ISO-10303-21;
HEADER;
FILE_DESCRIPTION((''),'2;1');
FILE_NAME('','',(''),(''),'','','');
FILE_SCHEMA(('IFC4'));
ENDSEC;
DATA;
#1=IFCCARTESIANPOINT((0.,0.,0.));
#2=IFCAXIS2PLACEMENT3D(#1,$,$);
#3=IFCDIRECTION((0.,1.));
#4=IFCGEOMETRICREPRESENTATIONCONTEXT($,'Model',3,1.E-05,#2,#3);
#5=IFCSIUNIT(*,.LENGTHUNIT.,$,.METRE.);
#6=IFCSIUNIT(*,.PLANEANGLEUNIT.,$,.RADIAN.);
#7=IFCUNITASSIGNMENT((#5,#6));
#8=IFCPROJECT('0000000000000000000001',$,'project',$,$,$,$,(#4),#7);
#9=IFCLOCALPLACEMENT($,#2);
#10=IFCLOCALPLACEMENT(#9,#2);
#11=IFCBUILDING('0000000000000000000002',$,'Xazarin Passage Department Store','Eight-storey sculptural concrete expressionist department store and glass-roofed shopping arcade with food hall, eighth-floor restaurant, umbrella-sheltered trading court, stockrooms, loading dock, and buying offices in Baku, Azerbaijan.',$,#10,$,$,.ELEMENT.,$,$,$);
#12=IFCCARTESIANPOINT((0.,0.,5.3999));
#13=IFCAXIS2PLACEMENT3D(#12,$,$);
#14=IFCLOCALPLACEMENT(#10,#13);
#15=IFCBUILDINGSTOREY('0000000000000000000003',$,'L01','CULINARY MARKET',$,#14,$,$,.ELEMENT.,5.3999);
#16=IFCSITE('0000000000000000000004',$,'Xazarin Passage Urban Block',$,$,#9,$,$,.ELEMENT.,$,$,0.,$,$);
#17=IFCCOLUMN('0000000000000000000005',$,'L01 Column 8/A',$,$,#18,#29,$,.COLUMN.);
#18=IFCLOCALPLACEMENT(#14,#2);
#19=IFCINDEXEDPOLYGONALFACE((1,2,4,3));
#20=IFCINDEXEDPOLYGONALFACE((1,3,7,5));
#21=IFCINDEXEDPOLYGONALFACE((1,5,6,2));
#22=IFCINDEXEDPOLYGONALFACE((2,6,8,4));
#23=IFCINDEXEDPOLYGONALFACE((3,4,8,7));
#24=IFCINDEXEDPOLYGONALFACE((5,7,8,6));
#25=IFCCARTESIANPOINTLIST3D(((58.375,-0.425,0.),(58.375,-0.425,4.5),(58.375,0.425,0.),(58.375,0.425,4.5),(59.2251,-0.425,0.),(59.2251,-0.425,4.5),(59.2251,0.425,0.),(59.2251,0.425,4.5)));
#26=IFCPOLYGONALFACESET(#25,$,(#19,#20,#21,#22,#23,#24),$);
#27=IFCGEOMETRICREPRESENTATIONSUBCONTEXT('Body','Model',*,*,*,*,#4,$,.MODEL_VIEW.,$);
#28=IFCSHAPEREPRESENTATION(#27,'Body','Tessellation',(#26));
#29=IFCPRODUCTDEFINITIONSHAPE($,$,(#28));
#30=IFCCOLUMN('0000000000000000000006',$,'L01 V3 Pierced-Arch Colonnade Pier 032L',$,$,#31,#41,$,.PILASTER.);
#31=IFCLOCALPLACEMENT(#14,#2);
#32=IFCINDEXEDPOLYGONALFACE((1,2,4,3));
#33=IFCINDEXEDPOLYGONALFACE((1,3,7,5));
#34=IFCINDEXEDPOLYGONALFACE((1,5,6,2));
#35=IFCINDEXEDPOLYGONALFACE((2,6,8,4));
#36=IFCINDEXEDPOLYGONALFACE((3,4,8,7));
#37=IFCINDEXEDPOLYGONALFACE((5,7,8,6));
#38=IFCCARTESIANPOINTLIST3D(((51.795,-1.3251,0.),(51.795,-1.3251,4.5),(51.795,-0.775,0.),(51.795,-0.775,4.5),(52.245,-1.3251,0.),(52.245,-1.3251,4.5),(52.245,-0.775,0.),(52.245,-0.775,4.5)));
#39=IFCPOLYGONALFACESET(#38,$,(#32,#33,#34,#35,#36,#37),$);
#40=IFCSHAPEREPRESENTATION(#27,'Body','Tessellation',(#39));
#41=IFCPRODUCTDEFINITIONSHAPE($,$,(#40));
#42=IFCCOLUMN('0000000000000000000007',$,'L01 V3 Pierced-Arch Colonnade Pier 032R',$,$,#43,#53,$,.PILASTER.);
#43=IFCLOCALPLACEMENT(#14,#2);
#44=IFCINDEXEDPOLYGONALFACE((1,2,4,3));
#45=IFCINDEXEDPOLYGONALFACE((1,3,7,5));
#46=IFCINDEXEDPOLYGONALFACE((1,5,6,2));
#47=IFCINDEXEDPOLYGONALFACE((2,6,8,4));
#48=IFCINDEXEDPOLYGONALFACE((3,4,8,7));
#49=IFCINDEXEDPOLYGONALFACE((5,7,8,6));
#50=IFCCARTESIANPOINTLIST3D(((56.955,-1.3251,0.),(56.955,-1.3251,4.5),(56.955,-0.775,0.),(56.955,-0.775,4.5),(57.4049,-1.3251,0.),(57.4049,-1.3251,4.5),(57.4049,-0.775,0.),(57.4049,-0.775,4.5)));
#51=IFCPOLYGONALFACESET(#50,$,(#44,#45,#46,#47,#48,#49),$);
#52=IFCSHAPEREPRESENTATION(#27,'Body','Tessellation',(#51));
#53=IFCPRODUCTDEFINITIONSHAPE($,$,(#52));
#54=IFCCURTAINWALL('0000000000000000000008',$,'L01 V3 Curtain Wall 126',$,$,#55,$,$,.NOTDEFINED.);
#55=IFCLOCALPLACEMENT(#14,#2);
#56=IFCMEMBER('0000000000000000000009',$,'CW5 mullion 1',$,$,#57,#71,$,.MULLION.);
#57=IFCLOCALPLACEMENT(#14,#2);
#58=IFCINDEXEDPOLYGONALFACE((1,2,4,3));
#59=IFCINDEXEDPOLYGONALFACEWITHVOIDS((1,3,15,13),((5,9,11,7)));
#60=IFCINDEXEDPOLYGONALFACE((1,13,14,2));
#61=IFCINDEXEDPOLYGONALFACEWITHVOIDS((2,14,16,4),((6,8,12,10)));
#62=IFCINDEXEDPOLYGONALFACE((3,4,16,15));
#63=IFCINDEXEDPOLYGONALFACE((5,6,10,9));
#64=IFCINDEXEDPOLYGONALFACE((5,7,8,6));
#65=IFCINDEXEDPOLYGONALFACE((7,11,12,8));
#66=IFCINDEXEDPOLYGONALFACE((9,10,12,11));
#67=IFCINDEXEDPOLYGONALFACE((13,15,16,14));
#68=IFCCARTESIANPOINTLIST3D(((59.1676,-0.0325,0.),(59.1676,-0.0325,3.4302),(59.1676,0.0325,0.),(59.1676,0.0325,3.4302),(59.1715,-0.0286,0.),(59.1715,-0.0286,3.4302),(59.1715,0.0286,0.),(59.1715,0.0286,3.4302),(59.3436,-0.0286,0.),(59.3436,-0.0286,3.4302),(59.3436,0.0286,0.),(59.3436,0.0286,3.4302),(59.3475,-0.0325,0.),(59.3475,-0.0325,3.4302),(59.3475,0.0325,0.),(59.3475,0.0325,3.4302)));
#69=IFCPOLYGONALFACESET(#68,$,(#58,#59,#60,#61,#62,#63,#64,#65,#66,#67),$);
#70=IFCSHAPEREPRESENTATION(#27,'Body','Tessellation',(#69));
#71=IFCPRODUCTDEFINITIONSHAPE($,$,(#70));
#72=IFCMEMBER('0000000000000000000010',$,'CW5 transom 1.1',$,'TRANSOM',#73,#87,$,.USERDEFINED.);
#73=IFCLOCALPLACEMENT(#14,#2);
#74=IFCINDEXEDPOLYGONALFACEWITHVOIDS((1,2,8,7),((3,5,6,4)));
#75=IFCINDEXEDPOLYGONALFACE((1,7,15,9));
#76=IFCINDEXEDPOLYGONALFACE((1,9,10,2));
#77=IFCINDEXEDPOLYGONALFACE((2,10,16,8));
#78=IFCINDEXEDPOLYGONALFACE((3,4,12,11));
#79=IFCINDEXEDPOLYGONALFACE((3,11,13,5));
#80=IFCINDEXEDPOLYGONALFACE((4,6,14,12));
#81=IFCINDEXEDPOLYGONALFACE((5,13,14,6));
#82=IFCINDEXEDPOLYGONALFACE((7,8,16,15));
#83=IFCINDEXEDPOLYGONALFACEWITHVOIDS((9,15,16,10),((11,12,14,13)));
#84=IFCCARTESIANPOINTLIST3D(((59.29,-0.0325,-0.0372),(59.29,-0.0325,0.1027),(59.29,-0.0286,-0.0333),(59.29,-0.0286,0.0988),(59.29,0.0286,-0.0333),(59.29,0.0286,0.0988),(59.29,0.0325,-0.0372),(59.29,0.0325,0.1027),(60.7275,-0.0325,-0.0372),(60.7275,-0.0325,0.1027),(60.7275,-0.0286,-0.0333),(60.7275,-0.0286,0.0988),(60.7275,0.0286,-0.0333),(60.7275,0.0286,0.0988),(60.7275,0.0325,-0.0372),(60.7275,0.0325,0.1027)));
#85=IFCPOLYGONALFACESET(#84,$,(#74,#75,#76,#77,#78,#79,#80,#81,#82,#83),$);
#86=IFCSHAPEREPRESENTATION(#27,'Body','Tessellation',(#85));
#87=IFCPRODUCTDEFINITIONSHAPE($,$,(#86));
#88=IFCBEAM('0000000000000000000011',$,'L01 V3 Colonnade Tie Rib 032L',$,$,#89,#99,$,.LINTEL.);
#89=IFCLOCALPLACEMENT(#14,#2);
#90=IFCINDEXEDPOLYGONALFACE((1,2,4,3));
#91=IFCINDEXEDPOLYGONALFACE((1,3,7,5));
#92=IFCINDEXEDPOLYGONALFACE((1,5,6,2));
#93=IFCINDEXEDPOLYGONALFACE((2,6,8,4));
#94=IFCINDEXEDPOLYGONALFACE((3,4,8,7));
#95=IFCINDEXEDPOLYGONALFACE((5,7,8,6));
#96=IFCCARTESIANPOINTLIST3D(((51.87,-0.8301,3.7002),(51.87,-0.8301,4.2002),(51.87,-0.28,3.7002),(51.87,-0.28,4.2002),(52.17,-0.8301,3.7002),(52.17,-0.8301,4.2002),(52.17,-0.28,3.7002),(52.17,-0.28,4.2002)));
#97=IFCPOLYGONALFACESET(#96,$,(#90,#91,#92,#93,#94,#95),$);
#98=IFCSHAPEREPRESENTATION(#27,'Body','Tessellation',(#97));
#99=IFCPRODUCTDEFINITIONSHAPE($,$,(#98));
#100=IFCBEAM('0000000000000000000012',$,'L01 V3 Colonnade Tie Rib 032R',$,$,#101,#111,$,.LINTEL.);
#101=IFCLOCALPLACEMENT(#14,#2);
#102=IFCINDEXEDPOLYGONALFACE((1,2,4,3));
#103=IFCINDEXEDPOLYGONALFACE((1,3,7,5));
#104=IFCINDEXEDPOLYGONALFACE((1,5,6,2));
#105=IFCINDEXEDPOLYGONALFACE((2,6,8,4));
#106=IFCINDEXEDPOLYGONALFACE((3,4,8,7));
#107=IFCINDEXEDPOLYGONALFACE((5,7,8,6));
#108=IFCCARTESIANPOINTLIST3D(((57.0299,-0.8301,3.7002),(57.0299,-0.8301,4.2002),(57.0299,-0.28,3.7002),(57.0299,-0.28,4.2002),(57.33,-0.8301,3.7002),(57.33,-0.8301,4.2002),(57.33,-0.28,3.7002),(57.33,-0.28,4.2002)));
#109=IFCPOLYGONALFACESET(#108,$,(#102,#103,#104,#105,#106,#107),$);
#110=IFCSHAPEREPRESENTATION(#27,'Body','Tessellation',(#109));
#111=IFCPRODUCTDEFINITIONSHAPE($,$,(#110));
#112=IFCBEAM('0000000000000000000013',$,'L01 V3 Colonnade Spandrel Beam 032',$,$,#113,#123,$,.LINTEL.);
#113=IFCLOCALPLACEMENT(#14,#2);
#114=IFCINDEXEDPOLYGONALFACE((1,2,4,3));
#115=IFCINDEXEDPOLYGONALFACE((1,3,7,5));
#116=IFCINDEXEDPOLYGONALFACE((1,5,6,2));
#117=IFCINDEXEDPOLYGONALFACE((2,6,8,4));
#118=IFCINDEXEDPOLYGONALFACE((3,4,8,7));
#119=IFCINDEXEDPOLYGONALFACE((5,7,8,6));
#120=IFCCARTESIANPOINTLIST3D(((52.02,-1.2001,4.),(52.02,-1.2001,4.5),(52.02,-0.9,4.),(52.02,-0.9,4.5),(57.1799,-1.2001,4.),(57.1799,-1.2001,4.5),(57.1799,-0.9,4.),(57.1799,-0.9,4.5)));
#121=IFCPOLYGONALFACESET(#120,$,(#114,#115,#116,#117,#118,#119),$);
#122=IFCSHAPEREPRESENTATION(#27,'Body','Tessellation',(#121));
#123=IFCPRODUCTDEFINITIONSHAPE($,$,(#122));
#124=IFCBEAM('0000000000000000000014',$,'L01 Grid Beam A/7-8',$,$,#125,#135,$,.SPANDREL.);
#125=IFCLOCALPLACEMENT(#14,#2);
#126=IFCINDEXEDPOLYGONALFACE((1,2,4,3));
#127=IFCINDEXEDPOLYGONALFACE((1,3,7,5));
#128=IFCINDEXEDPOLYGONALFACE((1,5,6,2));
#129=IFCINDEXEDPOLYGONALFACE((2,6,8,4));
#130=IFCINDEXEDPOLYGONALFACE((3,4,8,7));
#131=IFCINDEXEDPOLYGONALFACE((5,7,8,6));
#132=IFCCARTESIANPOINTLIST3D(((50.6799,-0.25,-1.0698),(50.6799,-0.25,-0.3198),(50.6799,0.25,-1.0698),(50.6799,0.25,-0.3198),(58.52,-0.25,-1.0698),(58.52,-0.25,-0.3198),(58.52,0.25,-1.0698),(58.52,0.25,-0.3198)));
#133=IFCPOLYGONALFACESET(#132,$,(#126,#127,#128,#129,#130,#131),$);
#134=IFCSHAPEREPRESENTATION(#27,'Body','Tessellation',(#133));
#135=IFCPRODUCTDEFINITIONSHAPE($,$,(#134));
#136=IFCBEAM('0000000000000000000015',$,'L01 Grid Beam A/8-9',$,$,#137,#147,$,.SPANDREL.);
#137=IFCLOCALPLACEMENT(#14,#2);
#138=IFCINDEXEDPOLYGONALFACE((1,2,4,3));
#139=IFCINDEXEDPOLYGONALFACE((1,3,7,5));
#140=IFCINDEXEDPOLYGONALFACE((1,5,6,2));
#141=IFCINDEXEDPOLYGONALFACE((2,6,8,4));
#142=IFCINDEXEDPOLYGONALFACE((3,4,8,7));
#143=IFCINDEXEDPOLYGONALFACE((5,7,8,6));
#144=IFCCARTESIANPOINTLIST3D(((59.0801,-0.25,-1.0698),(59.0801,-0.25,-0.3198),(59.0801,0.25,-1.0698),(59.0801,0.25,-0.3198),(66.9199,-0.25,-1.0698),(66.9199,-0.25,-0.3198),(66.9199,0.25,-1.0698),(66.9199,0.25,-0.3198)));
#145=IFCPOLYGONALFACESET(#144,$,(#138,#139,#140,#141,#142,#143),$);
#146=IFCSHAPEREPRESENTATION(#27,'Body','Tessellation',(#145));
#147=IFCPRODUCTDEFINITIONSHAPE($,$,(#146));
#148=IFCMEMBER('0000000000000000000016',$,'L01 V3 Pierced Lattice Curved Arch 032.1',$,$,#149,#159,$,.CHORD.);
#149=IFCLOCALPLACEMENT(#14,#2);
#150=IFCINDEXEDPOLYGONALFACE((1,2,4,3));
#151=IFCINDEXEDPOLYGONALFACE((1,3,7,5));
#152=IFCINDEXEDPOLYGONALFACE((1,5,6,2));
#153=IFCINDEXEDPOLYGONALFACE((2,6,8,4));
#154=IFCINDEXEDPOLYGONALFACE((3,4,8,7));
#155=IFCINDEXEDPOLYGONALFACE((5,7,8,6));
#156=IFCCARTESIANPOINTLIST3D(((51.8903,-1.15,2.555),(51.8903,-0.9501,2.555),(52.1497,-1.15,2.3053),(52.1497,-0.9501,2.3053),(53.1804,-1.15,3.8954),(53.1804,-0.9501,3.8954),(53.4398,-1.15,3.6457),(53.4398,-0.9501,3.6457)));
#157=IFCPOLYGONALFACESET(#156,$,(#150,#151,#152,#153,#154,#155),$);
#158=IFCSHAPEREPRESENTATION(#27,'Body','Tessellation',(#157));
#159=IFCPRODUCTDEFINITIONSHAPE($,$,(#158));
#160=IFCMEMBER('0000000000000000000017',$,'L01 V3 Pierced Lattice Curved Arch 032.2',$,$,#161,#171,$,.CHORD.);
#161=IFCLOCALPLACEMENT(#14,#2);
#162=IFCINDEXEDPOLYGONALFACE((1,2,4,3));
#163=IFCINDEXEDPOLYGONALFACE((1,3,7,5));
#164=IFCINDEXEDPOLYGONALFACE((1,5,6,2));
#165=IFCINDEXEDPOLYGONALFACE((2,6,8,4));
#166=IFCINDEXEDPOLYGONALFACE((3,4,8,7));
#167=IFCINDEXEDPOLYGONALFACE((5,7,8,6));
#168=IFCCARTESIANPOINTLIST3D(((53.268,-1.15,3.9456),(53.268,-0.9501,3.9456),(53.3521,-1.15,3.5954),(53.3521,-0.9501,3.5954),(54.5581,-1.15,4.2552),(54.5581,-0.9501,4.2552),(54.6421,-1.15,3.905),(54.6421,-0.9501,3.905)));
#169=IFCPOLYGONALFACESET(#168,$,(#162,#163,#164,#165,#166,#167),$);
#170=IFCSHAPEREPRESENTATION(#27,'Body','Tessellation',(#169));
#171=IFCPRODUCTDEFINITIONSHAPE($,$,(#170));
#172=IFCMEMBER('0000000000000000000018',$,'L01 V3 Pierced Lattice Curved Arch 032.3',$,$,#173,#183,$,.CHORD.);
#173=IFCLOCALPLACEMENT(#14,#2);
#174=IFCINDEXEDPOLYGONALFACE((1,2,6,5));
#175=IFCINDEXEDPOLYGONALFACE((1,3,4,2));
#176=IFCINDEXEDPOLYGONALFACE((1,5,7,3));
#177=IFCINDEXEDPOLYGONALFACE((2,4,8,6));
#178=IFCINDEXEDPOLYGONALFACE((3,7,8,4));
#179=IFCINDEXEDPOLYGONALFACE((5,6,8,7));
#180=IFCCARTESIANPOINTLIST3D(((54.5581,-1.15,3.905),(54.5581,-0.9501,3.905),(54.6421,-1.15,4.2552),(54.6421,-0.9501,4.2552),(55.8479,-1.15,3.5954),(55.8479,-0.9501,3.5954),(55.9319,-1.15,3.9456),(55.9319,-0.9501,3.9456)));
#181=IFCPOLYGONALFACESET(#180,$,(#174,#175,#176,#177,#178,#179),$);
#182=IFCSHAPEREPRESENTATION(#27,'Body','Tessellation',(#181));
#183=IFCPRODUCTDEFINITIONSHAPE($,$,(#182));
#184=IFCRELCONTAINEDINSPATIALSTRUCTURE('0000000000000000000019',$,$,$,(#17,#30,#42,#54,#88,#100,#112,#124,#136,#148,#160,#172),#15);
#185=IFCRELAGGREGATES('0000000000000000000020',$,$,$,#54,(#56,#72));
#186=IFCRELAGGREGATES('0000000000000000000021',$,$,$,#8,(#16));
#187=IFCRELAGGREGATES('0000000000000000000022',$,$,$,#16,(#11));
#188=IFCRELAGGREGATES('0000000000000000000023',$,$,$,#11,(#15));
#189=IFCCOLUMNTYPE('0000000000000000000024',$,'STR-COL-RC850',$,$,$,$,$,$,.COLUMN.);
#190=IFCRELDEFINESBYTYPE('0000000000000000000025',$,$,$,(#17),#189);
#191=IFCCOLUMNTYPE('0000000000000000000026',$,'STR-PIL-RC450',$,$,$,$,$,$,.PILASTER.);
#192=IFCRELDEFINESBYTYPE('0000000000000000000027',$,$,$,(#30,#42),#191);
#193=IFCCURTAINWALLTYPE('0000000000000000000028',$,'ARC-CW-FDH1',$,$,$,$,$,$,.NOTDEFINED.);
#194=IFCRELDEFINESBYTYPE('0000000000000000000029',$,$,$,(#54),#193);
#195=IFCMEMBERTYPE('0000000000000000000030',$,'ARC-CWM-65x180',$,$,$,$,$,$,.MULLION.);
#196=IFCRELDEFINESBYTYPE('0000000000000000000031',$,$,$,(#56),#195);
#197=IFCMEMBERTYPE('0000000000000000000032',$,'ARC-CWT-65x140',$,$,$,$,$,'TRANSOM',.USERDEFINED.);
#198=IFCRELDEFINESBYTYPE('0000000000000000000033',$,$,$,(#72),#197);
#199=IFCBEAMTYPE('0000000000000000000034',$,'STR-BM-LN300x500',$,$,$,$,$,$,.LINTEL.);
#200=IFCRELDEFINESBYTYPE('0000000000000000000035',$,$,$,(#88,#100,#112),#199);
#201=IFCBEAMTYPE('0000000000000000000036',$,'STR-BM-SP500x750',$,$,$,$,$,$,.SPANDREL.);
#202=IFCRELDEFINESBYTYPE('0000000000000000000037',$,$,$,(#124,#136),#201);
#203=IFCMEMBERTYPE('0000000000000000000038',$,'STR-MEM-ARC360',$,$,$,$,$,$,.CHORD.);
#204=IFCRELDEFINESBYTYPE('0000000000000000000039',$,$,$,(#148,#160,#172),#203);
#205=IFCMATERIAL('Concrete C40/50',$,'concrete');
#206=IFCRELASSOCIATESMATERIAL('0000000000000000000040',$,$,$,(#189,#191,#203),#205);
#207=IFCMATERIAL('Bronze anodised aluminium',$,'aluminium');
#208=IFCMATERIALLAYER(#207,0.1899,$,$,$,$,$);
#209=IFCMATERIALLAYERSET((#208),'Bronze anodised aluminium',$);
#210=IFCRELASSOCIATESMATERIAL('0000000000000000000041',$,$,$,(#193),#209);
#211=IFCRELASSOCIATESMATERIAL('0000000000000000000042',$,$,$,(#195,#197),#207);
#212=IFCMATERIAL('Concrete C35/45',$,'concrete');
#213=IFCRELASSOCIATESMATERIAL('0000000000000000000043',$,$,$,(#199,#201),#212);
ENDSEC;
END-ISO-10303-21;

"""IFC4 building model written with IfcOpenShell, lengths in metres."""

from ifc_helpers import new_model, si_unit, direction, frame, origin, origin_2d, place, context, subcontext, project, spatial, rectangle, hollow_rectangle, extrude, material, layer, layer_set, material_profile, profile_set, type_object, element, aggregate, save


model = new_model("IFC4")

# Units and contexts
model_context = context("Model", 3, precision=1e-05, world=origin(), true_north=direction((0.0, 1.0)))
body_context = subcontext(model_context, "Body", "Model", "MODEL_VIEW")
ifc_project = project(units=[si_unit("LENGTHUNIT", "METRE"), si_unit("PLANEANGLEUNIT", "RADIAN")], contexts=[model_context])

# Site, building, storey
site_placement = place(None, origin())
site = spatial("IfcSite", under=ifc_project, at=site_placement, Name="Xazarin Passage Urban Block", CompositionType="ELEMENT", RefElevation=0.0)
building_placement = place(site_placement, origin())
building = spatial("IfcBuilding", under=site, at=building_placement, Name="Xazarin Passage Department Store", Description="Eight-storey sculptural concrete expressionist department store and glass-roofed shopping arcade with food hall, eighth-floor restaurant, umbrella-sheltered trading court, stockrooms, loading dock, and buying offices in Baku, Azerbaijan.", CompositionType="ELEMENT")
storey_placement = place(building_placement, frame((0.0, 0.0, 5.3999)))
storey = spatial("IfcBuildingStorey", under=building, at=storey_placement, Name="L01", Description="CULINARY MARKET", CompositionType="ELEMENT", Elevation=5.3999)

# Columns
ifc_material_1 = material(Name="Concrete C40/50", Category="concrete")
ifc_material_profile_1 = material_profile(ifc_material_1, rectangle(XDim=0.8501, YDim=0.8501, at=origin_2d()), Name="RC 850x850")
ifc_profile_set_1 = profile_set([ifc_material_profile_1], Name="Concrete C40/50")
column_type_1 = type_object("IfcColumnType", Name="STR-COL-RC850", PredefinedType="COLUMN", material=ifc_profile_set_1)
column_placement = place(storey_placement, frame((58.8, 0.0, 0.0), z_axis=(0.0, 0.0, 1.0), x_axis=(1.0, 0.0, 0.0)))
element("IfcColumn", 1, at=column_placement, inside=storey, type_object=column_type_1, Name="L01 Column 8/A", PredefinedType="COLUMN", context=body_context, shape_type="SweptSolid", body=[
    extrude(rectangle(XDim=0.8501, YDim=0.8501, at=origin_2d()), origin(), (0.0, 0.0, 1.0), 4.5),
])
ifc_material_profile_2 = material_profile(ifc_material_1, rectangle(XDim=0.45, YDim=0.55, at=origin_2d()), Name="RC 450x550")
ifc_profile_set_2 = profile_set([ifc_material_profile_2], Name="Concrete C40/50")
column_type_2 = type_object("IfcColumnType", Name="STR-PIL-RC450", PredefinedType="PILASTER", material=ifc_profile_set_2)
for number, where, z_axis, x_axis, name in (
    (2, (52.02, -1.05, 0.0), (0.0, 0.0, 1.0), (1.0, 0.0, 0.0), "L01 V3 Pierced-Arch Colonnade Pier 032L"),
    (3, (57.1799, -1.05, 0.0), (0.0, 0.0, 1.0), (1.0, 0.0, 0.0), "L01 V3 Pierced-Arch Colonnade Pier 032R"),
):
    element("IfcColumn", number, at=place(storey_placement, frame(where, z_axis=z_axis, x_axis=x_axis)), inside=storey, type_object=column_type_2, Name=name, PredefinedType="PILASTER", context=body_context, shape_type="SweptSolid", body=[
        extrude(rectangle(XDim=0.45, YDim=0.55, at=origin_2d()), origin(), (0.0, 0.0, 1.0), 4.5),
    ])

# Curtain wall, members
ifc_material_2 = material(Name="Bronze anodised aluminium", Category="aluminium")
ifc_layer_1 = layer(ifc_material_2, 0.1899)
ifc_layer_set_1 = layer_set([ifc_layer_1], Name="Bronze anodised aluminium")
curtain_wall_type = type_object("IfcCurtainWallType", Name="ARC-CW-FDH1", PredefinedType="NOTDEFINED", material=ifc_layer_set_1)
curtain_wall_placement = place(storey_placement, origin())
curtain_wall = element("IfcCurtainWall", 4, at=curtain_wall_placement, inside=storey, type_object=curtain_wall_type, Name="L01 V3 Curtain Wall 126", PredefinedType="NOTDEFINED")
ifc_material_profile_3 = material_profile(ifc_material_2, hollow_rectangle(XDim=0.0649, YDim=0.1799, WallThickness=0.0039, at=origin_2d()), Name="ALU 65x180")
ifc_profile_set_3 = profile_set([ifc_material_profile_3], Name="Bronze anodised aluminium")
member_type_1 = type_object("IfcMemberType", Name="ARC-CWM-65x180", PredefinedType="MULLION", material=ifc_profile_set_3)
member_1_placement = place(storey_placement, frame((59.2576, 0.0, 0.0), z_axis=(0.0, 0.0, 1.0), x_axis=(0.0, 1.0, 0.0)))
member_1 = element("IfcMember", 5, at=member_1_placement, type_object=member_type_1, Name="CW5 mullion 1", PredefinedType="MULLION", context=body_context, shape_type="SweptSolid", body=[
    extrude(hollow_rectangle(XDim=0.0649, YDim=0.1799, WallThickness=0.0039, at=origin_2d()), origin(), (0.0, 0.0, 1.0), 3.4302),
])
ifc_material_profile_4 = material_profile(ifc_material_2, hollow_rectangle(XDim=0.0649, YDim=0.1399, WallThickness=0.0039, at=origin_2d()), Name="ALU 65x140")
ifc_profile_set_4 = profile_set([ifc_material_profile_4], Name="Bronze anodised aluminium")
member_type_2 = type_object("IfcMemberType", Name="ARC-CWT-65x140", ElementType="TRANSOM", PredefinedType="USERDEFINED", material=ifc_profile_set_4)
member_2_placement = place(storey_placement, frame((59.29, 0.0, 0.0327), z_axis=(1.0, 0.0, 0.0), x_axis=(0.0, 1.0, 0.0)))
member_2 = element("IfcMember", 6, at=member_2_placement, type_object=member_type_2, Name="CW5 transom 1.1", ObjectType="TRANSOM", PredefinedType="USERDEFINED", context=body_context, shape_type="SweptSolid", body=[
    extrude(hollow_rectangle(XDim=0.0649, YDim=0.1399, WallThickness=0.0039, at=origin_2d()), origin(), (0.0, 0.0, 1.0), 1.4375),
])
aggregate(curtain_wall, [member_1, member_2])

# Beams
ifc_material_3 = material(Name="Concrete C35/45", Category="concrete")
ifc_material_profile_5 = material_profile(ifc_material_3, rectangle(XDim=0.3, YDim=0.5, at=origin_2d()), Name="RC 300x500")
ifc_profile_set_5 = profile_set([ifc_material_profile_5], Name="Concrete C35/45")
beam_type_1 = type_object("IfcBeamType", Name="STR-BM-LN300x500", PredefinedType="LINTEL", material=ifc_profile_set_5)
for number, where, z_axis, x_axis, name in (
    (7, (52.02, -0.28, 3.9502), (0.0, -1.0, 0.0), (1.0, 0.0, 0.0), "L01 V3 Colonnade Tie Rib 032L"),
    (8, (57.1799, -0.28, 3.9502), (0.0, -1.0, 0.0), (1.0, 0.0, 0.0), "L01 V3 Colonnade Tie Rib 032R"),
):
    element("IfcBeam", number, at=place(storey_placement, frame(where, z_axis=z_axis, x_axis=x_axis)), inside=storey, type_object=beam_type_1, Name=name, PredefinedType="LINTEL", context=body_context, shape_type="SweptSolid", body=[
        extrude(rectangle(XDim=0.3, YDim=0.5, at=origin_2d()), origin(), (0.0, 0.0, 1.0), 0.55),
    ])
beam_1_placement = place(storey_placement, frame((52.02, -1.05, 4.25), z_axis=(1.0, 0.0, 0.0), x_axis=(0.0, 1.0, 0.0)))
element("IfcBeam", 9, at=beam_1_placement, inside=storey, type_object=beam_type_1, Name="L01 V3 Colonnade Spandrel Beam 032", PredefinedType="LINTEL", context=body_context, shape_type="SweptSolid", body=[
    extrude(rectangle(XDim=0.3, YDim=0.5, at=origin_2d()), origin(), (0.0, 0.0, 1.0), 5.1599),
])
ifc_material_profile_6 = material_profile(ifc_material_3, rectangle(XDim=0.5, YDim=0.75, at=origin_2d()), Name="RC 500x750")
ifc_profile_set_6 = profile_set([ifc_material_profile_6], Name="Concrete C35/45")
beam_type_2 = type_object("IfcBeamType", Name="STR-BM-SP500x750", PredefinedType="SPANDREL", material=ifc_profile_set_6)
beam_2_placement = place(storey_placement, frame((50.6799, 0.0, -0.6948), z_axis=(1.0, 0.0, 0.0), x_axis=(0.0, 1.0, 0.0)))
element("IfcBeam", 10, at=beam_2_placement, inside=storey, type_object=beam_type_2, Name="L01 Grid Beam A/7-8", PredefinedType="SPANDREL", context=body_context, shape_type="SweptSolid", body=[
    extrude(rectangle(XDim=0.5, YDim=0.75, at=origin_2d()), origin(), (0.0, 0.0, 1.0), 7.8401),
])
beam_3_placement = place(storey_placement, frame((59.0801, 0.0, -0.6948), z_axis=(1.0, 0.0, 0.0), x_axis=(0.0, 1.0, 0.0)))
element("IfcBeam", 11, at=beam_3_placement, inside=storey, type_object=beam_type_2, Name="L01 Grid Beam A/8-9", PredefinedType="SPANDREL", context=body_context, shape_type="SweptSolid", body=[
    extrude(rectangle(XDim=0.5, YDim=0.75, at=origin_2d()), origin(), (0.0, 0.0, 1.0), 7.8398),
])

# Members
ifc_material_profile_7 = material_profile(ifc_material_1, rectangle(XDim=0.2, YDim=0.3601, at=origin_2d()), Name="RC 200x360")
ifc_profile_set_7 = profile_set([ifc_material_profile_7], Name="Concrete C40/50")
member_type_3 = type_object("IfcMemberType", Name="STR-MEM-ARC360", PredefinedType="CHORD", material=ifc_profile_set_7)
member_3_placement = place(storey_placement, frame((52.02, -1.05, 2.4302), z_axis=(0.69346, 0.0, 0.720495), x_axis=(0.0, 1.0, 0.0)))
element("IfcMember", 12, at=member_3_placement, inside=storey, type_object=member_type_3, Name="L01 V3 Pierced Lattice Curved Arch 032.1", PredefinedType="CHORD", context=body_context, shape_type="SweptSolid", body=[
    extrude(rectangle(XDim=0.2, YDim=0.3601, at=origin_2d()), origin(), (0.0, 0.0, 1.0), 1.8604),
])
member_4_placement = place(storey_placement, frame((53.3101, -1.05, 3.7705), z_axis=(0.972394, 0.0, 0.233345), x_axis=(0.0, 1.0, 0.0)))
element("IfcMember", 13, at=member_4_placement, inside=storey, type_object=member_type_3, Name="L01 V3 Pierced Lattice Curved Arch 032.2", PredefinedType="CHORD", context=body_context, shape_type="SweptSolid", body=[
    extrude(rectangle(XDim=0.2, YDim=0.3601, at=origin_2d()), origin(), (0.0, 0.0, 1.0), 1.3267),
])
member_5_placement = place(storey_placement, frame((54.6001, -1.05, 4.0801), z_axis=(0.972384, 0.0, -0.233387), x_axis=(0.0, 1.0, 0.0)))
element("IfcMember", 14, at=member_5_placement, inside=storey, type_object=member_type_3, Name="L01 V3 Pierced Lattice Curved Arch 032.3", PredefinedType="CHORD", context=body_context, shape_type="SweptSolid", body=[
    extrude(rectangle(XDim=0.2, YDim=0.3601, at=origin_2d()), origin(), (0.0, 0.0, 1.0), 1.3264),
])

save(model, "model.ifc")
